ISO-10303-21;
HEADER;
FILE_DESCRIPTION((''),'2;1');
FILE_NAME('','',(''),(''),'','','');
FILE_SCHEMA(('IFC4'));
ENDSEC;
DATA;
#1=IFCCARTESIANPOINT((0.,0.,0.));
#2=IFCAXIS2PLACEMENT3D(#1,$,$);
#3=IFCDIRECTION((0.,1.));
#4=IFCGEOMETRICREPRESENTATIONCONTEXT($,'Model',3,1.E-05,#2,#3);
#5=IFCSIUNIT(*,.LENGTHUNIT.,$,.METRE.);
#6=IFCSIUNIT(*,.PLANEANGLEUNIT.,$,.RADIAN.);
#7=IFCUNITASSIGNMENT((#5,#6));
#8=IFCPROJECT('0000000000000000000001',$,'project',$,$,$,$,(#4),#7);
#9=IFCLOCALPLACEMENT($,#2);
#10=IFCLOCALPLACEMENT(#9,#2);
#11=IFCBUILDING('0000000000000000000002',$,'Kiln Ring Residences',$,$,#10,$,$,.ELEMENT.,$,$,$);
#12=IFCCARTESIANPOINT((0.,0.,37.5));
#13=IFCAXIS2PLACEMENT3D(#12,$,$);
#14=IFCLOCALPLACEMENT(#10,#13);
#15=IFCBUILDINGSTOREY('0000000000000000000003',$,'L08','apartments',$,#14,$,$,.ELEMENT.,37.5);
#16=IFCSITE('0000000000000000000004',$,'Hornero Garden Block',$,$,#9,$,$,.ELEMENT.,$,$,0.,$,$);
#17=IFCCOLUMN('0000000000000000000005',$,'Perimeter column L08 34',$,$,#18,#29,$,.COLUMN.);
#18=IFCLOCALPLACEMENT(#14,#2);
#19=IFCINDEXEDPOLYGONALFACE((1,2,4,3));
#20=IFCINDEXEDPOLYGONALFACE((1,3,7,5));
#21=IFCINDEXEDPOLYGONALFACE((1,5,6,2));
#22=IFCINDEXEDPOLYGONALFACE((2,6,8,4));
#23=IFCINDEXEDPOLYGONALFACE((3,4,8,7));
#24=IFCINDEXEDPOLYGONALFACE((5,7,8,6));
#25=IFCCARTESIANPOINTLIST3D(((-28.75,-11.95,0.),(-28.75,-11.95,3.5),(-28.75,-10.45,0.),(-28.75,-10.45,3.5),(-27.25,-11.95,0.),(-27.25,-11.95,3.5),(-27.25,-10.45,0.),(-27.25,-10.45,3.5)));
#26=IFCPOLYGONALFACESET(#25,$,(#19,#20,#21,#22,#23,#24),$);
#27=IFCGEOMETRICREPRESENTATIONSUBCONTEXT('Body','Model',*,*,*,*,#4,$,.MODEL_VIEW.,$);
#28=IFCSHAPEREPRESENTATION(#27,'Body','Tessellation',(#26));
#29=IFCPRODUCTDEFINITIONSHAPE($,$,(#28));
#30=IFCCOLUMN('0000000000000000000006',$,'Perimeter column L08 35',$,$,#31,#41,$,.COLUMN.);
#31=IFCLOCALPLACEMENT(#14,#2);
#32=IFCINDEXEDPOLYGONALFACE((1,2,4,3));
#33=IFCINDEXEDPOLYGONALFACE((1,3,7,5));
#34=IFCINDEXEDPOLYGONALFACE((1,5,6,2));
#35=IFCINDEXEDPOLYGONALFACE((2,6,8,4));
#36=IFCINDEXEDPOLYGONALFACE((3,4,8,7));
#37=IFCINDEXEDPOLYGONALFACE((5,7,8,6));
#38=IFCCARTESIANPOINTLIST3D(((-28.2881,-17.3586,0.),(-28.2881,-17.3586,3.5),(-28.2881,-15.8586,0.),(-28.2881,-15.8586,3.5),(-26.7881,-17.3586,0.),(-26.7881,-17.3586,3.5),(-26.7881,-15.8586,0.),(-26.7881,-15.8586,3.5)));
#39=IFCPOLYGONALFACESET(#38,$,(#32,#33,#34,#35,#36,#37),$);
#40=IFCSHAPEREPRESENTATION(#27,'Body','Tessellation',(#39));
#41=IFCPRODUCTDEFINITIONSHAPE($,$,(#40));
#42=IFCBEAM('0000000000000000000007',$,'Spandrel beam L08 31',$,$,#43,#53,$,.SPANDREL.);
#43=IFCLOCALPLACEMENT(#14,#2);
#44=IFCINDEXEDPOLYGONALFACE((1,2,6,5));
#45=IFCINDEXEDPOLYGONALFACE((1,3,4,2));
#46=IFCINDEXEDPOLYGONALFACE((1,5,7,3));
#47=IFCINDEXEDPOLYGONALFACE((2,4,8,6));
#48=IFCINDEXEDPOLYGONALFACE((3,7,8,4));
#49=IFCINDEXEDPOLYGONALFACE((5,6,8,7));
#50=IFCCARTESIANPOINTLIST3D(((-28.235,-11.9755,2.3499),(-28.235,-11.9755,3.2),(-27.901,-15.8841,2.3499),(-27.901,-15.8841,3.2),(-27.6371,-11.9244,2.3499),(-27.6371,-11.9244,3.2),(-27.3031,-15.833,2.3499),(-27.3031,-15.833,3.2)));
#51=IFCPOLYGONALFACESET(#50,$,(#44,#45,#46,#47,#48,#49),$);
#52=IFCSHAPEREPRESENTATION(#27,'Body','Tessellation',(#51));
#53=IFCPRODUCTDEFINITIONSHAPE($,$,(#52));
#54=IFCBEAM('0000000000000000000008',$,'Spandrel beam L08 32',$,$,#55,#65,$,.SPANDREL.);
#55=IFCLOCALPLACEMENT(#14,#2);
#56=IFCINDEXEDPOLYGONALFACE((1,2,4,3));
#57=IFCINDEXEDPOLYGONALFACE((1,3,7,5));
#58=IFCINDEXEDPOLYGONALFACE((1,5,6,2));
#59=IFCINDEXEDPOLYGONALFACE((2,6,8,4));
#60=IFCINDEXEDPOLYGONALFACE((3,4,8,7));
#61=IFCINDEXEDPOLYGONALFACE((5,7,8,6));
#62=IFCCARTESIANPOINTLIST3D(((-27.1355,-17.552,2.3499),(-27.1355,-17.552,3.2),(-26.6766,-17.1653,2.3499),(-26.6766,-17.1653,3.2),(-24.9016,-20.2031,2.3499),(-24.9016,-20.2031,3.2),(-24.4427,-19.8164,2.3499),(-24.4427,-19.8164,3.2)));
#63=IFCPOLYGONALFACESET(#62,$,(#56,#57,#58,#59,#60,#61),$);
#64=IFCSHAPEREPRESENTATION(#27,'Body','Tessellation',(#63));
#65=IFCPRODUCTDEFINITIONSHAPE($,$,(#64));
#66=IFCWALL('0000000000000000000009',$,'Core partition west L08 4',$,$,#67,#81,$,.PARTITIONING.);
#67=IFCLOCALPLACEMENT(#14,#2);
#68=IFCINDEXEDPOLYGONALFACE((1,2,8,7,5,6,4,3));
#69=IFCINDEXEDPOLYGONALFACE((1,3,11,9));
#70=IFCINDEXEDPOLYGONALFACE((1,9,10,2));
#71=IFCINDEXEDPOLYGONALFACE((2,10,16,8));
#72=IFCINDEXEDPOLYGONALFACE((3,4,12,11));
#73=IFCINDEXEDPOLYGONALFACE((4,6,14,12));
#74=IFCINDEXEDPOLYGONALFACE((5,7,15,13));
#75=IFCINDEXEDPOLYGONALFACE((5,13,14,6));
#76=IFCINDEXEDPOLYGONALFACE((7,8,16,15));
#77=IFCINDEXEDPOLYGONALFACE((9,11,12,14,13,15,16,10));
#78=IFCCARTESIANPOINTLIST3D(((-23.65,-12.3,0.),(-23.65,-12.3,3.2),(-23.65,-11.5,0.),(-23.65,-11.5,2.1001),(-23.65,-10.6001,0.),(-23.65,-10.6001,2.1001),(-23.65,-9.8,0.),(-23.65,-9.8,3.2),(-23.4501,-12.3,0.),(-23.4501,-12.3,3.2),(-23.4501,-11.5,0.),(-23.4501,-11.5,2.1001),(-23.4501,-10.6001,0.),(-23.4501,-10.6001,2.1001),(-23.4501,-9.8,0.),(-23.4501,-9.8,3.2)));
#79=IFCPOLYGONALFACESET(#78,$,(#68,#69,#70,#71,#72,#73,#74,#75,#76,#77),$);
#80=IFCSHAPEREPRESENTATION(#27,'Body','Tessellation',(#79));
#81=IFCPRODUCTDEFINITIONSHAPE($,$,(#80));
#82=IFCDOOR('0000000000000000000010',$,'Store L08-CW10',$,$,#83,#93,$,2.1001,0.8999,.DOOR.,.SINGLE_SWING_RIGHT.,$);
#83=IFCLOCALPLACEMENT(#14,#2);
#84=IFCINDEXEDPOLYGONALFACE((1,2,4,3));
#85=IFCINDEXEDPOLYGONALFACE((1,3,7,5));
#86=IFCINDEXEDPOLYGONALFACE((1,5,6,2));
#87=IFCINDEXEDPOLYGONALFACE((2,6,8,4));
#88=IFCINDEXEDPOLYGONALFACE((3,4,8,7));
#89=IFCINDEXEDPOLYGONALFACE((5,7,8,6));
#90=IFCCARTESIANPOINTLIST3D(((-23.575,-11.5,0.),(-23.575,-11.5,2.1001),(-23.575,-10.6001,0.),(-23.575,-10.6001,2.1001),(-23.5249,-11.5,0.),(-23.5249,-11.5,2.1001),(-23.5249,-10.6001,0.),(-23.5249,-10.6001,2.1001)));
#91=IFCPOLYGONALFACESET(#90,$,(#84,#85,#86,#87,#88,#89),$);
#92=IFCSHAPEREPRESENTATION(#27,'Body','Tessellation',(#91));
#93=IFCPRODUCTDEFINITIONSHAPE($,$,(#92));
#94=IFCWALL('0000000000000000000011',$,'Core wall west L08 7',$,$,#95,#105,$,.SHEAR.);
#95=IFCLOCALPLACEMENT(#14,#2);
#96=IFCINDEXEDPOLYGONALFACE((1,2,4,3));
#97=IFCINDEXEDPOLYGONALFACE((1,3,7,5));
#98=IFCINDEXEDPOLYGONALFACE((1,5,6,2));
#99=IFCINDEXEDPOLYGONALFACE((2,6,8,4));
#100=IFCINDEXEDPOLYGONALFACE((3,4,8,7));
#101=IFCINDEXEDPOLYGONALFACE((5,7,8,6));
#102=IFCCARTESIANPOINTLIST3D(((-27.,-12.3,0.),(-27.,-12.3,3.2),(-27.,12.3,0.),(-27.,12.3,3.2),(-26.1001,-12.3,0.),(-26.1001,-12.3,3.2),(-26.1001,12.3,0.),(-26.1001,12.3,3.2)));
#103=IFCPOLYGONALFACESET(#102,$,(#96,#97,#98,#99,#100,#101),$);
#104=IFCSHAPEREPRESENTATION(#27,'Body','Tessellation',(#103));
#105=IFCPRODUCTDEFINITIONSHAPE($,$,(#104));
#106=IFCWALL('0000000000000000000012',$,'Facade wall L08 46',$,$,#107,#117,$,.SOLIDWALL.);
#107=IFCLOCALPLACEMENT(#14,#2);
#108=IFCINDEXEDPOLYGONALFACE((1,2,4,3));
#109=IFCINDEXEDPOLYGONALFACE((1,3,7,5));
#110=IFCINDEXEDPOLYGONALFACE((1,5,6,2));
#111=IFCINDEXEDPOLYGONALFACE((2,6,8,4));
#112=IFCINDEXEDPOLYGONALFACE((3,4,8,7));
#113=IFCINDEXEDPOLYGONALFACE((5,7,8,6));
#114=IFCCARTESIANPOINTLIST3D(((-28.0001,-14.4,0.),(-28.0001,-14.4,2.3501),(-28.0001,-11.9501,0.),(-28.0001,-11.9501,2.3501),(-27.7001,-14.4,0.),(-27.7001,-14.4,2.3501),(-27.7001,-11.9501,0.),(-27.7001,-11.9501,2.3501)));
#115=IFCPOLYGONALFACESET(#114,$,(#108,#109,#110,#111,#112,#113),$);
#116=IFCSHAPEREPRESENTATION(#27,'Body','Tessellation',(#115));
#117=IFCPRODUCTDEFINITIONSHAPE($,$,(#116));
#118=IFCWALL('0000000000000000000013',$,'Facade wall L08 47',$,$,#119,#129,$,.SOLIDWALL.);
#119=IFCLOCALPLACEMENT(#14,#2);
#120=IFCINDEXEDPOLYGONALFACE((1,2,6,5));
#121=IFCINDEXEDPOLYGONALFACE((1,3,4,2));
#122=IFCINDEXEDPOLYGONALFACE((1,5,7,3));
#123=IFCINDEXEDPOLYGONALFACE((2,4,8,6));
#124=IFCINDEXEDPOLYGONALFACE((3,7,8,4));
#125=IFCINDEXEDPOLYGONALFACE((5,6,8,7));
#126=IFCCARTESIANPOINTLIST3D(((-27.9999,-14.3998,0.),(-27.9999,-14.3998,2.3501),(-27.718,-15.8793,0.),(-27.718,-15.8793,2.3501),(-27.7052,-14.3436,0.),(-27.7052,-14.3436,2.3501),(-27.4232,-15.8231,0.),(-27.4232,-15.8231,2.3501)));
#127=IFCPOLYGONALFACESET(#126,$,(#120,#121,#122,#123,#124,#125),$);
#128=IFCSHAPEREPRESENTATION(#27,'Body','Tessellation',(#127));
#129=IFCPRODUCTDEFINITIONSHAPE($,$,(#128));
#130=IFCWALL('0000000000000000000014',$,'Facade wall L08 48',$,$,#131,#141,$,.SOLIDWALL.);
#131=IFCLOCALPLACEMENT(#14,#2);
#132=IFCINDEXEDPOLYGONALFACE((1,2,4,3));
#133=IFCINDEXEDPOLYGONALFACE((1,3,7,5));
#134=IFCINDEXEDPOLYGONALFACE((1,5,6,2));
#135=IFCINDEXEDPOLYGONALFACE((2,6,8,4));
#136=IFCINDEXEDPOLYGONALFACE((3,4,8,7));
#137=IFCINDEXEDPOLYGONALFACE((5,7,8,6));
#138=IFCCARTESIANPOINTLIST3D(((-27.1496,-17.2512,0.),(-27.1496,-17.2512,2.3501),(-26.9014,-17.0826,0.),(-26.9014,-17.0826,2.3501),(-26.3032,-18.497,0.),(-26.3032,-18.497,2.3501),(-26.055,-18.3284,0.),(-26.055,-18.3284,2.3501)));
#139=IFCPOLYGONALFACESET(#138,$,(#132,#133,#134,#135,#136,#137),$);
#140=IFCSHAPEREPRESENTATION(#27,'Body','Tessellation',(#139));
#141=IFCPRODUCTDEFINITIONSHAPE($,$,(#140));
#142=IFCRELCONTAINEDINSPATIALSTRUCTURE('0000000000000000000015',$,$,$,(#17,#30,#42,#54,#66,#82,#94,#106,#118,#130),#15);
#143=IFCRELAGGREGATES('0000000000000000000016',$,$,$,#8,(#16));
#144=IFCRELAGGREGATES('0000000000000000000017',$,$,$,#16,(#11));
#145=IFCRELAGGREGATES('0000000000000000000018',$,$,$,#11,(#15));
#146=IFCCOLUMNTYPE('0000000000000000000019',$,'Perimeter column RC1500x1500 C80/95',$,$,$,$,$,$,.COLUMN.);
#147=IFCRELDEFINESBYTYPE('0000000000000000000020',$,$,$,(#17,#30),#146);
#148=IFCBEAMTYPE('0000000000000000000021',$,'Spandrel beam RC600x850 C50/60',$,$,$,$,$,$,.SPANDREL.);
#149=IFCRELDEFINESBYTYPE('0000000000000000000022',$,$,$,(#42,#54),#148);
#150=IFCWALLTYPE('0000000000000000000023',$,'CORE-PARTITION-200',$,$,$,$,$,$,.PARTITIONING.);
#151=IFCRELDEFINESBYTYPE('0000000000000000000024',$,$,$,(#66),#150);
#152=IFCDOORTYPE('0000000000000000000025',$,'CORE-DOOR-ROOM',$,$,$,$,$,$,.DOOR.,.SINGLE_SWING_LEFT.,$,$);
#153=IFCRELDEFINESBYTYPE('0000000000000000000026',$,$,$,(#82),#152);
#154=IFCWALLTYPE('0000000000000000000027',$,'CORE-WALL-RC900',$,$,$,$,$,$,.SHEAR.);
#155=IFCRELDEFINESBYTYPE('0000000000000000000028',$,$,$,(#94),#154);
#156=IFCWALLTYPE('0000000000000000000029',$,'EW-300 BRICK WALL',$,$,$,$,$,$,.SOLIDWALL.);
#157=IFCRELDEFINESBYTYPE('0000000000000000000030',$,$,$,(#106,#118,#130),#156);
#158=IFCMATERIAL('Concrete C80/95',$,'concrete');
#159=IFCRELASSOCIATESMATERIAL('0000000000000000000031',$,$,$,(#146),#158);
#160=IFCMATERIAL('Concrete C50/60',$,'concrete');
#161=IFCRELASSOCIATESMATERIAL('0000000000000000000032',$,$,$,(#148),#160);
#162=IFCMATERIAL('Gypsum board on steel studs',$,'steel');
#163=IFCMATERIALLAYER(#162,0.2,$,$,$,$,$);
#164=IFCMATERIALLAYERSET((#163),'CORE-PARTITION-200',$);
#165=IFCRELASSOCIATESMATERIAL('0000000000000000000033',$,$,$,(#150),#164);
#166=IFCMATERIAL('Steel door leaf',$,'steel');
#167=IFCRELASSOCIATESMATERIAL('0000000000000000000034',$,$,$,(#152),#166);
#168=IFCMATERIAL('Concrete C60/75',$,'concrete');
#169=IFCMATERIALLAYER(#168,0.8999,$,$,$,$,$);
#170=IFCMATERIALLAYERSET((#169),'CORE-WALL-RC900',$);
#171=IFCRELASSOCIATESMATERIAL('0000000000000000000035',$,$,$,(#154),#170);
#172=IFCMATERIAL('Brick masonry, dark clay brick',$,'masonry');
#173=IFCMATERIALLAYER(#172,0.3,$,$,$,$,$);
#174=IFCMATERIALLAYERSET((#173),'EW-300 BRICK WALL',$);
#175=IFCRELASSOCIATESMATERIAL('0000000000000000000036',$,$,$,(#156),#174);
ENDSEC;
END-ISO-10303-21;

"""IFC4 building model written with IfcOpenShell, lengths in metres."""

from ifc_helpers import new_model, si_unit, direction, frame, frame_2d, origin, origin_2d, place, context, subcontext, project, spatial, rectangle, extrude, material, layer, layer_set, material_profile, profile_set, type_object, element, fill, save


model = new_model("IFC4")

# Units and contexts
model_context = context("Model", 3, precision=1e-05, world=origin(), true_north=direction((0.0, 1.0)))
body_context = subcontext(model_context, "Body", "Model", "MODEL_VIEW")
ifc_project = project(units=[si_unit("LENGTHUNIT", "METRE"), si_unit("PLANEANGLEUNIT", "RADIAN")], contexts=[model_context])

# Site, building, storey
site_placement = place(None, origin())
site = spatial("IfcSite", under=ifc_project, at=site_placement, Name="Hornero Garden Block", CompositionType="ELEMENT", RefElevation=0.0)
building_placement = place(site_placement, origin())
building = spatial("IfcBuilding", under=site, at=building_placement, Name="Kiln Ring Residences", CompositionType="ELEMENT")
storey_placement = place(building_placement, frame((0.0, 0.0, 37.5)))
storey = spatial("IfcBuildingStorey", under=building, at=storey_placement, Name="L08", Description="apartments", CompositionType="ELEMENT", Elevation=37.5)

# Columns
ifc_material_1 = material(Name="Concrete C80/95", Category="concrete")
ifc_material_profile_1 = material_profile(ifc_material_1, rectangle(XDim=1.5, YDim=1.5, at=origin_2d()), Name="RC1500x1500")
ifc_profile_set_1 = profile_set([ifc_material_profile_1], Name="Concrete C80/95")
column_type = type_object("IfcColumnType", Name="Perimeter column RC1500x1500 C80/95", PredefinedType="COLUMN", material=ifc_profile_set_1)
for number, where, z_axis, x_axis, name in (
    (1, (-28.0, -11.2, 0.0), (0.0, 0.0, 1.0), (1.0, 0.0, 0.0), "Perimeter column L08 34"),
    (2, (-27.5381, -16.6086, 0.0), (0.0, 0.0, 1.0), (1.0, 0.0, 0.0), "Perimeter column L08 35"),
):
    element("IfcColumn", number, at=place(storey_placement, frame(where, z_axis=z_axis, x_axis=x_axis)), inside=storey, type_object=column_type, Name=name, PredefinedType="COLUMN", context=body_context, shape_type="SweptSolid", body=[
        extrude(rectangle(XDim=1.5, YDim=1.5, at=origin_2d()), origin(), (0.0, 0.0, 1.0), 3.5),
    ])

# Beams
ifc_material_2 = material(Name="Concrete C50/60", Category="concrete")
ifc_material_profile_2 = material_profile(ifc_material_2, rectangle(XDim=0.6001, YDim=0.8501, at=origin_2d()), Name="RC600x850")
ifc_profile_set_2 = profile_set([ifc_material_profile_2], Name="Concrete C50/60")
beam_type = type_object("IfcBeamType", Name="Spandrel beam RC600x850 C50/60", PredefinedType="SPANDREL", material=ifc_profile_set_2)
beam_1_placement = place(storey_placement, frame((-27.936, -11.95, 2.7749), z_axis=(0.085136, -0.996369, 0.0), x_axis=(0.996369, 0.085136, 0.0)))
element("IfcBeam", 3, at=beam_1_placement, inside=storey, type_object=beam_type, Name="Spandrel beam L08 31", PredefinedType="SPANDREL", context=body_context, shape_type="SweptSolid", body=[
    extrude(rectangle(XDim=0.6001, YDim=0.8501, at=origin_2d()), origin(), (0.0, 0.0, 1.0), 3.9229),
])
beam_2_placement = place(storey_placement, frame((-26.906, -17.3586, 2.7749), z_axis=(0.644366, -0.764718, 0.0), x_axis=(0.764718, 0.644366, 0.0)))
element("IfcBeam", 4, at=beam_2_placement, inside=storey, type_object=beam_type, Name="Spandrel beam L08 32", PredefinedType="SPANDREL", context=body_context, shape_type="SweptSolid", body=[
    extrude(rectangle(XDim=0.6001, YDim=0.8501, at=origin_2d()), origin(), (0.0, 0.0, 1.0), 3.4668),
])

# Wall, opening, door
ifc_material_3 = material(Name="Gypsum board on steel studs", Category="steel")
ifc_layer_1 = layer(ifc_material_3, 0.2)
ifc_layer_set_1 = layer_set([ifc_layer_1], Name="CORE-PARTITION-200")
wall_type_1 = type_object("IfcWallType", Name="CORE-PARTITION-200", PredefinedType="PARTITIONING", material=ifc_layer_set_1)
wall_1_placement = place(storey_placement, frame((-23.55, -12.3, 0.0), z_axis=(0.0, 0.0, 1.0), x_axis=(0.0, 1.0, 0.0)))
wall_1 = element("IfcWall", 5, at=wall_1_placement, inside=storey, type_object=wall_type_1, Name="Core partition west L08 4", PredefinedType="PARTITIONING", context=body_context, shape_type="SweptSolid", body=[
    extrude(rectangle(XDim=2.5, YDim=0.2, at=frame_2d((1.25, 0.0))), origin(), (0.0, 0.0, 1.0), 3.2),
])
opening_1_placement = place(wall_1_placement, frame((0.8, 0.0, 0.0)))
opening_1 = element("IfcOpeningElement", 6, at=opening_1_placement, cuts=wall_1, PredefinedType="OPENING", context=body_context, shape_type="SweptSolid", body=[
    extrude(rectangle(XDim=0.8999, YDim=2.1001, at=frame_2d((0.45, 1.05))), frame((0.0, 0.1099, 0.0), z_axis=(0.0, -1.0, 0.0), x_axis=(1.0, 0.0, 0.0)), (0.0, 0.0, 1.0), 0.22),
])
ifc_material_4 = material(Name="Steel door leaf", Category="steel")
door_type_1 = type_object("IfcDoorType", Name="CORE-DOOR-ROOM", OperationType="SINGLE_SWING_LEFT", PredefinedType="DOOR", material=ifc_material_4)
door_1_placement = place(opening_1_placement, origin())
door_1 = element("IfcDoor", 7, at=door_1_placement, inside=storey, type_object=door_type_1, Name="Store L08-CW10", OperationType="SINGLE_SWING_RIGHT", OverallHeight=2.1001, OverallWidth=0.8999, PredefinedType="DOOR", context=body_context, shape_type="SweptSolid", body=[
    extrude(rectangle(XDim=0.8999, YDim=2.1001, at=frame_2d((0.45, 1.05))), frame((0.0, 0.0249, 0.0), z_axis=(0.0, -1.0, 0.0), x_axis=(1.0, 0.0, 0.0)), (0.0, 0.0, 1.0), 0.05),
])
fill(opening_1, door_1)

# Walls
ifc_material_5 = material(Name="Concrete C60/75", Category="concrete")
ifc_layer_2 = layer(ifc_material_5, 0.8999)
ifc_layer_set_2 = layer_set([ifc_layer_2], Name="CORE-WALL-RC900")
wall_type_2 = type_object("IfcWallType", Name="CORE-WALL-RC900", PredefinedType="SHEAR", material=ifc_layer_set_2)
wall_2_placement = place(storey_placement, frame((-26.55, -12.3, 0.0), z_axis=(0.0, 0.0, 1.0), x_axis=(0.0, 1.0, 0.0)))
element("IfcWall", 8, at=wall_2_placement, inside=storey, type_object=wall_type_2, Name="Core wall west L08 7", PredefinedType="SHEAR", context=body_context, shape_type="SweptSolid", body=[
    extrude(rectangle(XDim=24.6001, YDim=0.8999, at=frame_2d((12.3, 0.0))), origin(), (0.0, 0.0, 1.0), 3.2),
])
ifc_material_6 = material(Name="Brick masonry, dark clay brick", Category="masonry")
ifc_layer_3 = layer(ifc_material_6, 0.3)
ifc_layer_set_3 = layer_set([ifc_layer_3], Name="EW-300 BRICK WALL")
wall_type_3 = type_object("IfcWallType", Name="EW-300 BRICK WALL", PredefinedType="SOLIDWALL", material=ifc_layer_set_3)
wall_3_placement = place(storey_placement, frame((-27.8501, -11.95, 0.0), z_axis=(0.0, 0.0, 1.0), x_axis=(0.0, -1.0, 0.0)))
element("IfcWall", 9, at=wall_3_placement, inside=storey, type_object=wall_type_3, Name="Facade wall L08 46", PredefinedType="SOLIDWALL", context=body_context, shape_type="SweptSolid", body=[
    extrude(rectangle(XDim=2.45, YDim=0.3, at=frame_2d((1.2251, 0.0))), origin(), (0.0, 0.0, 1.0), 2.3501),
])
for number, where, z_axis, x_axis, name in (
    (10, (-27.8525, -14.3718, 0.0), (0.0, 0.0, 1.0), (0.187224, -0.982317, 0.0), "Facade wall L08 47"),
    (11, (-27.0254, -17.167, 0.0), (0.0, 0.0, 1.0), (0.561973, -0.827156, 0.0), "Facade wall L08 48"),
):
    element("IfcWall", number, at=place(storey_placement, frame(where, z_axis=z_axis, x_axis=x_axis)), inside=storey, type_object=wall_type_3, Name=name, PredefinedType="SOLIDWALL", context=body_context, shape_type="SweptSolid", body=[
        extrude(rectangle(XDim=1.5061, YDim=0.3, at=frame_2d((0.7529, 0.0))), origin(), (0.0, 0.0, 1.0), 2.3501),
    ])

save(model, "model.ifc")
